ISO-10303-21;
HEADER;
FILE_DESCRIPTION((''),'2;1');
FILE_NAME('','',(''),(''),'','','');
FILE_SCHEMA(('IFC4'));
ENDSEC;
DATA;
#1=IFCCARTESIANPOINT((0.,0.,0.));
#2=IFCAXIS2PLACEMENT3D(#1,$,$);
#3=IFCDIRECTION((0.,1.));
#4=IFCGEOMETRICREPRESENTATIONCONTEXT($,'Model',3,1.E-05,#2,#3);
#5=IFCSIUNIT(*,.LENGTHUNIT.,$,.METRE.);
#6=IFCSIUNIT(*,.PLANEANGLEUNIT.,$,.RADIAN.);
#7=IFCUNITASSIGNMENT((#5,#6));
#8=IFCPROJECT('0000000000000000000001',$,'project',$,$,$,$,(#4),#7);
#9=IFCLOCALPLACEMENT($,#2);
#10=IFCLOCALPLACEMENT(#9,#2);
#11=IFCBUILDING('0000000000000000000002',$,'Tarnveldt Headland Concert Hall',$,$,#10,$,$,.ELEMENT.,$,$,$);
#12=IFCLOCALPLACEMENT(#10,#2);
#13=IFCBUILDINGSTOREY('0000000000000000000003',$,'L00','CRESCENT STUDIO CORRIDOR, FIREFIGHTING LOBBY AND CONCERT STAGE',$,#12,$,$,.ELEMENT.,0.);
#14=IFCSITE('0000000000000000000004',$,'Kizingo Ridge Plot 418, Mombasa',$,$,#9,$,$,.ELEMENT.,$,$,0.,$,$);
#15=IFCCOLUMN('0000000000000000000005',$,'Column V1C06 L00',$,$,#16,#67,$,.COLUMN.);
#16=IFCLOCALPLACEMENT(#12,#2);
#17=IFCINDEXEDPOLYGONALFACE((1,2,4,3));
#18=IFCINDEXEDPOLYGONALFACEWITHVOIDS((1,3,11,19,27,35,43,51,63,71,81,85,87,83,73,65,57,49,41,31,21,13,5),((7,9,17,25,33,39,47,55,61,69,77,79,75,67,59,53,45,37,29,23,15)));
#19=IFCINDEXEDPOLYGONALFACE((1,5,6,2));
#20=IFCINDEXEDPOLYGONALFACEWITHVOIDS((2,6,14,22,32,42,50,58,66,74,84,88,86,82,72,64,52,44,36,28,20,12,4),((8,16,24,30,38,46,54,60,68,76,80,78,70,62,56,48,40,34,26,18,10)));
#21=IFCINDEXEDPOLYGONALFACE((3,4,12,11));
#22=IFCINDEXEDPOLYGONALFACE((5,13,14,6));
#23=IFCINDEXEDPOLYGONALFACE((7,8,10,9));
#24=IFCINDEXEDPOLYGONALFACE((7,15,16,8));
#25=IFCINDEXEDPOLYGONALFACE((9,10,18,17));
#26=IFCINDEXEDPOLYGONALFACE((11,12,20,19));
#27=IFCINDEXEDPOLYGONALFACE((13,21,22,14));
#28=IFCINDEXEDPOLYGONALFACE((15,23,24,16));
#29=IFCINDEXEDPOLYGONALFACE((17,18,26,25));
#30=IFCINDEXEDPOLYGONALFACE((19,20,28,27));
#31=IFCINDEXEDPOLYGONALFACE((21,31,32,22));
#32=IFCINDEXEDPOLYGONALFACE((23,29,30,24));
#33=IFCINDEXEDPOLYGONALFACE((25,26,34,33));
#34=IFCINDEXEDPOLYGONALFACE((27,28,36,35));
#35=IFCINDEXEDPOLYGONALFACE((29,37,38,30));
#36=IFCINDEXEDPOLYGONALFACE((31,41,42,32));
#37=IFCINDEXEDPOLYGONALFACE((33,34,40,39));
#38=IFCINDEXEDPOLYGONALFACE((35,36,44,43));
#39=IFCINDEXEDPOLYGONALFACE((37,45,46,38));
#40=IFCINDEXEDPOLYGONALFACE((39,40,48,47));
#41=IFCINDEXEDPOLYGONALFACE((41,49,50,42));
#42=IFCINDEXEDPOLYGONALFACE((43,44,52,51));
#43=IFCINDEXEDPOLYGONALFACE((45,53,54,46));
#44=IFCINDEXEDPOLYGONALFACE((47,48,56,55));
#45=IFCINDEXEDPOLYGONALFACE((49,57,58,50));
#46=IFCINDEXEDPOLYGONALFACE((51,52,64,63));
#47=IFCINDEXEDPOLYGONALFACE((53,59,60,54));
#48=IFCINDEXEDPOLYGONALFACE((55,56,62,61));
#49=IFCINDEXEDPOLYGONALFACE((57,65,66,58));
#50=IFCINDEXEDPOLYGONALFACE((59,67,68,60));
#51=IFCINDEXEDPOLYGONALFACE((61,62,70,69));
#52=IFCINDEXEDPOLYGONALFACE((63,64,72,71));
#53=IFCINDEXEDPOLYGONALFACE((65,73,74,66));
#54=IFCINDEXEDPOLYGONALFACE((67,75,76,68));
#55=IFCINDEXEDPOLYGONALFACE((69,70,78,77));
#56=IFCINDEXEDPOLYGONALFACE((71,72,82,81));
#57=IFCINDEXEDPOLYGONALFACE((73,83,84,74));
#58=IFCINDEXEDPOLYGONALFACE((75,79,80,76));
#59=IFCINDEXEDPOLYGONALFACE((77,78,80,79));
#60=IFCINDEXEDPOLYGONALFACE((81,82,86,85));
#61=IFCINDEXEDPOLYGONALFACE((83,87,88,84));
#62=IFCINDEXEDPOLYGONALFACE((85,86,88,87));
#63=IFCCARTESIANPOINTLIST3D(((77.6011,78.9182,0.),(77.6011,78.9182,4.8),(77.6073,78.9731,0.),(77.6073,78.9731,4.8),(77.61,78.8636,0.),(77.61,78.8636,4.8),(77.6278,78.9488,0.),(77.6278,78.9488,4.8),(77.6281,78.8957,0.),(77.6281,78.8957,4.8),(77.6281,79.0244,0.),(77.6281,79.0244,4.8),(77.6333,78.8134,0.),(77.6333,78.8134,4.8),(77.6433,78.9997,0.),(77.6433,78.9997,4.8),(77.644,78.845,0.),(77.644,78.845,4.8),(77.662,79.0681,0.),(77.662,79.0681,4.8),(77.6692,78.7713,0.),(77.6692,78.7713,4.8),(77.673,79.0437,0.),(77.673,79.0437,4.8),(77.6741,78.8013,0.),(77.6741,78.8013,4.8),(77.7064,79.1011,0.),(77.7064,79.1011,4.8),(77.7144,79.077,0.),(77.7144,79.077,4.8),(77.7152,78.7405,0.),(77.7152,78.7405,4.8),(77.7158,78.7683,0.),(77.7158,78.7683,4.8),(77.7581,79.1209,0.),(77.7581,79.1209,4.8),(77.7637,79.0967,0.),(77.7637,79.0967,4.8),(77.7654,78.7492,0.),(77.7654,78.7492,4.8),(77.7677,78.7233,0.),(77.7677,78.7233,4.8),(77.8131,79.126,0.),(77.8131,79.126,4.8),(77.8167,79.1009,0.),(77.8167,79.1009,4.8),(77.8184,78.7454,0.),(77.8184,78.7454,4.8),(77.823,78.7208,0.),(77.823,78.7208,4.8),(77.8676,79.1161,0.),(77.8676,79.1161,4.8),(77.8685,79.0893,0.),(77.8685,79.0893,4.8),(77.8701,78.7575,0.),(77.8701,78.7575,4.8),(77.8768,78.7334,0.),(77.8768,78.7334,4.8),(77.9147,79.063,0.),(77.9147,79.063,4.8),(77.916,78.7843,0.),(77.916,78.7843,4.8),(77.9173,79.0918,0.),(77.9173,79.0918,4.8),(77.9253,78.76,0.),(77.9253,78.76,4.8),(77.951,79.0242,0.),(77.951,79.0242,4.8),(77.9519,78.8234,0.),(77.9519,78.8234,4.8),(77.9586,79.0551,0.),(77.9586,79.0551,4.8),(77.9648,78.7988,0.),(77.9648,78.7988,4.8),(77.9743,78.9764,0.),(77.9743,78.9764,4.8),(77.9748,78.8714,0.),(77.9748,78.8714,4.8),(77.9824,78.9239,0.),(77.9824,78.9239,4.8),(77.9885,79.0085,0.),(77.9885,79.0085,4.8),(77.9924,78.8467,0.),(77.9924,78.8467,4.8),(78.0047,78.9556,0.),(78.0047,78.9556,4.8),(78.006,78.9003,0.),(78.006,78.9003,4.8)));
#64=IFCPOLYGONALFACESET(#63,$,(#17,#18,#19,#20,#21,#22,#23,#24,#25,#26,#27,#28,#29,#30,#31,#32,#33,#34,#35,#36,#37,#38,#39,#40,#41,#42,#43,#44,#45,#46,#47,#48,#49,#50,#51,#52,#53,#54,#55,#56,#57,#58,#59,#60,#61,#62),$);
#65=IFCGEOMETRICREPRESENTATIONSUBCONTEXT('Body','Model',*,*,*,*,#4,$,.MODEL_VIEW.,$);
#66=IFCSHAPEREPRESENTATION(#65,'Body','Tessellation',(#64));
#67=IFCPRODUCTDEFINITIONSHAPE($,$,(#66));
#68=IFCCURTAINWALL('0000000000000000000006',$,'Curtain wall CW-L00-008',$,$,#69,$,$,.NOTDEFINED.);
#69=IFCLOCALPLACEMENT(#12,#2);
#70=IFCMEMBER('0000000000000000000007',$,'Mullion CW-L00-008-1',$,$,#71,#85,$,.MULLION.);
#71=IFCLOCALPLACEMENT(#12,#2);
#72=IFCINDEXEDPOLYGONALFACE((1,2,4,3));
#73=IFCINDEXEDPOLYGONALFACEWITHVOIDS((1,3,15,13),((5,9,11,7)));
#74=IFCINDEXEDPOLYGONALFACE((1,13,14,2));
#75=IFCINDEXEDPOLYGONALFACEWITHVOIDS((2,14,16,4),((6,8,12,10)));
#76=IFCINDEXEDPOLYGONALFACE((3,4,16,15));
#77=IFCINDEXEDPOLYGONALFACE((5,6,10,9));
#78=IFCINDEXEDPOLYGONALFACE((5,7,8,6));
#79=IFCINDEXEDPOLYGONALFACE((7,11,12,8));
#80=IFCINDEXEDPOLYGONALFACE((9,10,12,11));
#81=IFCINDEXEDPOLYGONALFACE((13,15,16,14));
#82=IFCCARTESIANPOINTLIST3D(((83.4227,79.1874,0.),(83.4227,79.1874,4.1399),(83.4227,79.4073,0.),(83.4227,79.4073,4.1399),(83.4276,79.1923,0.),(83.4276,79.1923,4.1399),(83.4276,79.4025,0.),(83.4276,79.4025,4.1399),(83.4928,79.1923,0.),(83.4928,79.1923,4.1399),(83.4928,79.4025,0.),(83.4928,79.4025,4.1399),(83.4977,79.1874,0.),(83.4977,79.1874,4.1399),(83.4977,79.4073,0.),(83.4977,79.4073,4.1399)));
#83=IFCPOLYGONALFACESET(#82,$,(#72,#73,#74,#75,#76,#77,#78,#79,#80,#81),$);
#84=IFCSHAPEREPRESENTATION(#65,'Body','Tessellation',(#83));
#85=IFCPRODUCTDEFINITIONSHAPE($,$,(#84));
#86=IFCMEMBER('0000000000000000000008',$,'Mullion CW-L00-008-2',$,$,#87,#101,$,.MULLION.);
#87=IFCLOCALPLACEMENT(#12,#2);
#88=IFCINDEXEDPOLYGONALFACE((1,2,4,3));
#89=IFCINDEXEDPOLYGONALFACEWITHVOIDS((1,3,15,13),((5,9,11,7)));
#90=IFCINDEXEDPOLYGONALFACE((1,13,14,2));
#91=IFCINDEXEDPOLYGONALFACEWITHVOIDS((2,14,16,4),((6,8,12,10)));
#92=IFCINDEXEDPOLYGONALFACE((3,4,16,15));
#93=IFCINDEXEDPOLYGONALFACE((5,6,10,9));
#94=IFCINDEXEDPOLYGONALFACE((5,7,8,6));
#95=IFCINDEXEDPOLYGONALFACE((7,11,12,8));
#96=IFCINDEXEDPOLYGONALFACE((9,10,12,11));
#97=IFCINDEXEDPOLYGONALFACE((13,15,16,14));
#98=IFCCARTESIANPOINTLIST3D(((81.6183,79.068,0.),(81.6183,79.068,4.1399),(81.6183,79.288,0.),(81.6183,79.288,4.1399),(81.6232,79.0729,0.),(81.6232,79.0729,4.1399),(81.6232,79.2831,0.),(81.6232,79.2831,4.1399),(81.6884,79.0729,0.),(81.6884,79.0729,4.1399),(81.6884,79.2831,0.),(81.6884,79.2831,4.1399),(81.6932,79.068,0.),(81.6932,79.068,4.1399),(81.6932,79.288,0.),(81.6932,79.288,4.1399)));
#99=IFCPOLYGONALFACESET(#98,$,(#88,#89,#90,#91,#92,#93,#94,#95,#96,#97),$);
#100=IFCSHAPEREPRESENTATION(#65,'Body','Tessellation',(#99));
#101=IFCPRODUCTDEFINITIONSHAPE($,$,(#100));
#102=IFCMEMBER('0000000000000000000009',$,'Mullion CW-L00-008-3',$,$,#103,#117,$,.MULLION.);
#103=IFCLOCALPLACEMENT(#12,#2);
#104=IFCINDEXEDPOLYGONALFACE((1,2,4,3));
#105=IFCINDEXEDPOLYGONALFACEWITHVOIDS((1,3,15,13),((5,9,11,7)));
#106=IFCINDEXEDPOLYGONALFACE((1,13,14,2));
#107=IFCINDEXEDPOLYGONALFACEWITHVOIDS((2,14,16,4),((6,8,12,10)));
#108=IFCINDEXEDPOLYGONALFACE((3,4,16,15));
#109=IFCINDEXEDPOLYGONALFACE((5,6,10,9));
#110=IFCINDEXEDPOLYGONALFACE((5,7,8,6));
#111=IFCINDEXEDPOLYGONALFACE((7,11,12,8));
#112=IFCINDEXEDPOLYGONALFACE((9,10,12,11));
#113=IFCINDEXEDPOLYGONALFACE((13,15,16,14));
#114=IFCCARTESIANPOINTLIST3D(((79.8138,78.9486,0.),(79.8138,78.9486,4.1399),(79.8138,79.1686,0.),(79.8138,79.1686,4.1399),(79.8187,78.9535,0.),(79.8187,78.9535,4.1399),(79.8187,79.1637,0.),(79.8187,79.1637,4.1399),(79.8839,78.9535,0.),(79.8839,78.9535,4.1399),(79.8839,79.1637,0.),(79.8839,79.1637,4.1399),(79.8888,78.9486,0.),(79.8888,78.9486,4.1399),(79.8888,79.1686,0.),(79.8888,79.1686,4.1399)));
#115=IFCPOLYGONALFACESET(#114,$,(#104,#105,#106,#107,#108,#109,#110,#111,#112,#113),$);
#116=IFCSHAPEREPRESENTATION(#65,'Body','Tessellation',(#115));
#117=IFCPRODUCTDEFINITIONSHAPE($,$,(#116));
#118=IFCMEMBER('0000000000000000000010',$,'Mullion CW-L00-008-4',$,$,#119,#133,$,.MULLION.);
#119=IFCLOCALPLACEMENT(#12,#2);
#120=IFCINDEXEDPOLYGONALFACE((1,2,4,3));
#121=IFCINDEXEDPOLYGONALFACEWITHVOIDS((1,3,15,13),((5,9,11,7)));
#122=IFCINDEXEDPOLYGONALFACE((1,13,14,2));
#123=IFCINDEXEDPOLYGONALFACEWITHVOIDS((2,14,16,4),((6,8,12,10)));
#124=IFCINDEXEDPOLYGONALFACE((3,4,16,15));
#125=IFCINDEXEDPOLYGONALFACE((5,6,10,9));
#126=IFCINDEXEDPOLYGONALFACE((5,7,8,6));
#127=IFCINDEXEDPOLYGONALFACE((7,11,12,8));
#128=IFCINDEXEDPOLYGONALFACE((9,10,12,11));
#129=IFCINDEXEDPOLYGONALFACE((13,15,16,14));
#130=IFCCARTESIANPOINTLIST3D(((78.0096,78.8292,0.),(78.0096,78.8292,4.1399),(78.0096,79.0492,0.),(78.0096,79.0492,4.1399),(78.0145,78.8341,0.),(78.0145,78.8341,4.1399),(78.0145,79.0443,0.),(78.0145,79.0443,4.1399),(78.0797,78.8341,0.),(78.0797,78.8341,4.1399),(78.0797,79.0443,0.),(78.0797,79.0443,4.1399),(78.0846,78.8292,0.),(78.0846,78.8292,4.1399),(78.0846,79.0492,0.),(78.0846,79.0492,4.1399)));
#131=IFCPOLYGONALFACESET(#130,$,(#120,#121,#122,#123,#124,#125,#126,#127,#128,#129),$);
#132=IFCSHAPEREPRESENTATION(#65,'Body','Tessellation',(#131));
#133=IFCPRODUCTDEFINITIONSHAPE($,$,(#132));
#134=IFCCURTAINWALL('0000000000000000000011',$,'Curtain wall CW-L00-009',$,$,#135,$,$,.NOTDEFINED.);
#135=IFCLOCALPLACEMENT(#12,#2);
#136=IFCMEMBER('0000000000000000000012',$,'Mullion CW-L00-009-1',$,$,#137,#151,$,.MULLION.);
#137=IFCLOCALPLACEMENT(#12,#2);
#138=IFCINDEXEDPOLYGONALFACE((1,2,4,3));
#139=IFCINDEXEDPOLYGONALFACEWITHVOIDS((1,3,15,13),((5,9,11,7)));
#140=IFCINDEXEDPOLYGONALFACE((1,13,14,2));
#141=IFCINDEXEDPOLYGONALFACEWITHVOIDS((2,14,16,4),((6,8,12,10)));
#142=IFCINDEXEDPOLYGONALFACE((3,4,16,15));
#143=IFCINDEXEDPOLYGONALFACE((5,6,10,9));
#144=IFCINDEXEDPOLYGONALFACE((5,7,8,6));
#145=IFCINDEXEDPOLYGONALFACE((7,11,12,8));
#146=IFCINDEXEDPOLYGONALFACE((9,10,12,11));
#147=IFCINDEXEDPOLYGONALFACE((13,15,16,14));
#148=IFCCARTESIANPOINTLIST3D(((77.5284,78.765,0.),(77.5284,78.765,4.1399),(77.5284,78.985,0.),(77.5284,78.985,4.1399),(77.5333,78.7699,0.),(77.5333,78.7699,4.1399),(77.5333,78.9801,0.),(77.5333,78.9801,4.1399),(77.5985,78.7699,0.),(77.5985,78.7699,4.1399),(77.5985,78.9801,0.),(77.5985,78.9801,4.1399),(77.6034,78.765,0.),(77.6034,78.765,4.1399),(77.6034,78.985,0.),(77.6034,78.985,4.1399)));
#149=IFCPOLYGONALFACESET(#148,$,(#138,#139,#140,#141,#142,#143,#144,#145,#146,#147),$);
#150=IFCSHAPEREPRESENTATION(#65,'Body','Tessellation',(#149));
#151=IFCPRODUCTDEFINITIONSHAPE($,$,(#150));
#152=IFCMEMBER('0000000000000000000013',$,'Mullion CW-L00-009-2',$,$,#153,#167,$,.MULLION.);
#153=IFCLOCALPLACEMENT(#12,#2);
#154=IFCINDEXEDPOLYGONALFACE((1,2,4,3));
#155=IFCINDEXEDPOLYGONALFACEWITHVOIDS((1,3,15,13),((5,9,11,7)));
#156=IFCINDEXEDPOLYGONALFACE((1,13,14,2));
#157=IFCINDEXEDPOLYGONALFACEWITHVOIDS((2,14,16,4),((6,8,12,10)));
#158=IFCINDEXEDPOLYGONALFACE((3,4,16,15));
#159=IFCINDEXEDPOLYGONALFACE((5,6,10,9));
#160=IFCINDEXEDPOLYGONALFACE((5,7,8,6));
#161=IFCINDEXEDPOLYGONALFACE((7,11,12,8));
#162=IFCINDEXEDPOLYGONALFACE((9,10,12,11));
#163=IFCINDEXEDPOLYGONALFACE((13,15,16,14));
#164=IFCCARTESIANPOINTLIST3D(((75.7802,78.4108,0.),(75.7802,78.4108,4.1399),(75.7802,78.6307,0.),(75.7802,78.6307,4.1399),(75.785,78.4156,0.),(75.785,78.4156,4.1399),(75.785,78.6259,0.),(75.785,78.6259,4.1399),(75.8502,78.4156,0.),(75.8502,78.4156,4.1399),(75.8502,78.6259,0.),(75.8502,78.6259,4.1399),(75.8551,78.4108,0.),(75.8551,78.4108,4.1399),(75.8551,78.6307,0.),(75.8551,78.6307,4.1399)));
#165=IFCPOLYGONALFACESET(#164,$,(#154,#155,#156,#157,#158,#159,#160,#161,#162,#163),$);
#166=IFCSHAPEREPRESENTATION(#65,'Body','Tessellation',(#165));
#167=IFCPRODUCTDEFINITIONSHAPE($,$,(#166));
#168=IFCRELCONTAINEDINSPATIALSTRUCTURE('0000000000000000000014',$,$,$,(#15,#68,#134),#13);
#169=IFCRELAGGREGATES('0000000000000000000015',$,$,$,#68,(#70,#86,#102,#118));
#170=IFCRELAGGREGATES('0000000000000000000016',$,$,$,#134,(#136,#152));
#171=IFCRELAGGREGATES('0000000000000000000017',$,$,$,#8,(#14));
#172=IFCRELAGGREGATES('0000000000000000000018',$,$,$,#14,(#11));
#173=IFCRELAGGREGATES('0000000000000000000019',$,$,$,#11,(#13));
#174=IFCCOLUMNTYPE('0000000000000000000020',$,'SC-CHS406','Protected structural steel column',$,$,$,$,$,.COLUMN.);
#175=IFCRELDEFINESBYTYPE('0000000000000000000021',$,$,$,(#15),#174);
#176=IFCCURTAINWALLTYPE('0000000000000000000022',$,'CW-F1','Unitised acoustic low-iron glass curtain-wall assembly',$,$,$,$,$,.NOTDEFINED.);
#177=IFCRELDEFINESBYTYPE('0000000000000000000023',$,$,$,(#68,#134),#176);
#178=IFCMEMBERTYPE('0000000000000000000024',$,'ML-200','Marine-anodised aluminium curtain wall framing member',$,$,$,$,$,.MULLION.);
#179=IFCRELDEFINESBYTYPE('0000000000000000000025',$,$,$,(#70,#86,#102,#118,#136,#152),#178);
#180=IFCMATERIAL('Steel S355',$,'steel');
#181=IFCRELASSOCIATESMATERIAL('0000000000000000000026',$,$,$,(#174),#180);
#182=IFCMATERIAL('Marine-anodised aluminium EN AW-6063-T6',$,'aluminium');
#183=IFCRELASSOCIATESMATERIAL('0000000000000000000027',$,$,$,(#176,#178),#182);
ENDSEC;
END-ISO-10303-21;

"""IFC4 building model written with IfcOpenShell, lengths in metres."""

from ifc_helpers import new_model, si_unit, direction, frame, origin, origin_2d, place, context, subcontext, project, spatial, hollow_rectangle, hollow_circle, extrude, material, material_profile, profile_set, type_object, element, aggregate, save


model = new_model("IFC4")

# Units and contexts
model_context = context("Model", 3, precision=1e-05, world=origin(), true_north=direction((0.0, 1.0)))
body_context = subcontext(model_context, "Body", "Model", "MODEL_VIEW")
ifc_project = project(units=[si_unit("LENGTHUNIT", "METRE"), si_unit("PLANEANGLEUNIT", "RADIAN")], contexts=[model_context])

# Site, building, storey
site_placement = place(None, origin())
site = spatial("IfcSite", under=ifc_project, at=site_placement, Name="Kizingo Ridge Plot 418, Mombasa", CompositionType="ELEMENT", RefElevation=0.0)
building_placement = place(site_placement, origin())
building = spatial("IfcBuilding", under=site, at=building_placement, Name="Tarnveldt Headland Concert Hall", CompositionType="ELEMENT")
storey_placement = place(building_placement, origin())
storey = spatial("IfcBuildingStorey", under=building, at=storey_placement, Name="L00", Description="CRESCENT STUDIO CORRIDOR, FIREFIGHTING LOBBY AND CONCERT STAGE", CompositionType="ELEMENT", Elevation=0.0)

# Column
ifc_material_1 = material(Name="Steel S355", Category="steel")
ifc_material_profile_1 = material_profile(ifc_material_1, hollow_circle(Radius=0.2031, WallThickness=0.0249, at=origin_2d()), Name="CHS 406.4x25", Category="steel")
ifc_profile_set_1 = profile_set([ifc_material_profile_1], Name="Steel S355")
column_type = type_object("IfcColumnType", Name="SC-CHS406", Description="Protected structural steel column", PredefinedType="COLUMN", material=ifc_profile_set_1)
column_placement = place(storey_placement, frame((77.8042, 78.9231, 0.0), z_axis=(0.0, 0.0, 1.0), x_axis=(-0.227161, 0.973857, 0.0)))
element("IfcColumn", 1, at=column_placement, inside=storey, type_object=column_type, Name="Column V1C06 L00", PredefinedType="COLUMN", context=body_context, shape_type="SweptSolid", body=[
    extrude(hollow_circle(Radius=0.2031, WallThickness=0.0249, at=origin_2d()), origin(), (0.0, 0.0, 1.0), 4.8),
])

# Curtain walls, members
ifc_material_2 = material(Name="Marine-anodised aluminium EN AW-6063-T6", Category="aluminium")
curtain_wall_type = type_object("IfcCurtainWallType", Name="CW-F1", Description="Unitised acoustic low-iron glass curtain-wall assembly", PredefinedType="NOTDEFINED", material=ifc_material_2)
curtain_wall_1_placement = place(storey_placement, origin())
curtain_wall_1 = element("IfcCurtainWall", 2, at=curtain_wall_1_placement, inside=storey, type_object=curtain_wall_type, Name="Curtain wall CW-L00-008", PredefinedType="NOTDEFINED")
ifc_material_profile_2 = material_profile(ifc_material_2, hollow_rectangle(XDim=0.075, YDim=0.22, WallThickness=0.0049, at=origin_2d()), Name="ALU MULLION 75x220x5", Category="aluminium")
ifc_profile_set_2 = profile_set([ifc_material_profile_2], Name="Marine-anodised aluminium EN AW-6063-T6")
member_type_1 = type_object("IfcMemberType", Name="ML-200", Description="Marine-anodised aluminium curtain wall framing member", PredefinedType="MULLION", material=ifc_profile_set_2)
member_1_placement = place(storey_placement, frame((83.4602, 79.2974, 0.0), z_axis=(0.0, 0.0, 1.0), x_axis=(1.0, 0.0, 0.0)))
member_1 = element("IfcMember", 3, at=member_1_placement, type_object=member_type_1, Name="Mullion CW-L00-008-1", PredefinedType="MULLION", context=body_context, shape_type="SweptSolid", body=[
    extrude(hollow_rectangle(XDim=0.075, YDim=0.22, WallThickness=0.0049, at=origin_2d()), origin(), (0.0, 0.0, 1.0), 4.1399),
])
member_2_placement = place(storey_placement, frame((81.6558, 79.178, 0.0), z_axis=(0.0, 0.0, 1.0), x_axis=(1.0, 0.0, 0.0)))
member_2 = element("IfcMember", 4, at=member_2_placement, type_object=member_type_1, Name="Mullion CW-L00-008-2", PredefinedType="MULLION", context=body_context, shape_type="SweptSolid", body=[
    extrude(hollow_rectangle(XDim=0.075, YDim=0.22, WallThickness=0.0049, at=origin_2d()), origin(), (0.0, 0.0, 1.0), 4.1399),
])
member_3_placement = place(storey_placement, frame((79.8513, 79.0586, 0.0), z_axis=(0.0, 0.0, 1.0), x_axis=(1.0, 0.0, 0.0)))
member_3 = element("IfcMember", 5, at=member_3_placement, type_object=member_type_1, Name="Mullion CW-L00-008-3", PredefinedType="MULLION", context=body_context, shape_type="SweptSolid", body=[
    extrude(hollow_rectangle(XDim=0.075, YDim=0.22, WallThickness=0.0049, at=origin_2d()), origin(), (0.0, 0.0, 1.0), 4.1399),
])
member_4_placement = place(storey_placement, frame((78.0471, 78.9392, 0.0), z_axis=(0.0, 0.0, 1.0), x_axis=(1.0, 0.0, 0.0)))
member_4 = element("IfcMember", 6, at=member_4_placement, type_object=member_type_1, Name="Mullion CW-L00-008-4", PredefinedType="MULLION", context=body_context, shape_type="SweptSolid", body=[
    extrude(hollow_rectangle(XDim=0.075, YDim=0.22, WallThickness=0.0049, at=origin_2d()), origin(), (0.0, 0.0, 1.0), 4.1399),
])
curtain_wall_2_placement = place(storey_placement, origin())
curtain_wall_2 = element("IfcCurtainWall", 7, at=curtain_wall_2_placement, inside=storey, type_object=curtain_wall_type, Name="Curtain wall CW-L00-009", PredefinedType="NOTDEFINED")
member_5_placement = place(storey_placement, frame((77.5659, 78.875, 0.0), z_axis=(0.0, 0.0, 1.0), x_axis=(1.0, 0.0, 0.0)))
member_5 = element("IfcMember", 8, at=member_5_placement, type_object=member_type_1, Name="Mullion CW-L00-009-1", PredefinedType="MULLION", context=body_context, shape_type="SweptSolid", body=[
    extrude(hollow_rectangle(XDim=0.075, YDim=0.22, WallThickness=0.0049, at=origin_2d()), origin(), (0.0, 0.0, 1.0), 4.1399),
])
member_6_placement = place(storey_placement, frame((75.8176, 78.5208, 0.0), z_axis=(0.0, 0.0, 1.0), x_axis=(1.0, 0.0, 0.0)))
member_6 = element("IfcMember", 9, at=member_6_placement, type_object=member_type_1, Name="Mullion CW-L00-009-2", PredefinedType="MULLION", context=body_context, shape_type="SweptSolid", body=[
    extrude(hollow_rectangle(XDim=0.075, YDim=0.22, WallThickness=0.0049, at=origin_2d()), origin(), (0.0, 0.0, 1.0), 4.1399),
])

aggregate(curtain_wall_1, [member_1, member_2, member_3, member_4])
aggregate(curtain_wall_2, [member_5, member_6])

save(model, "model.ifc")
